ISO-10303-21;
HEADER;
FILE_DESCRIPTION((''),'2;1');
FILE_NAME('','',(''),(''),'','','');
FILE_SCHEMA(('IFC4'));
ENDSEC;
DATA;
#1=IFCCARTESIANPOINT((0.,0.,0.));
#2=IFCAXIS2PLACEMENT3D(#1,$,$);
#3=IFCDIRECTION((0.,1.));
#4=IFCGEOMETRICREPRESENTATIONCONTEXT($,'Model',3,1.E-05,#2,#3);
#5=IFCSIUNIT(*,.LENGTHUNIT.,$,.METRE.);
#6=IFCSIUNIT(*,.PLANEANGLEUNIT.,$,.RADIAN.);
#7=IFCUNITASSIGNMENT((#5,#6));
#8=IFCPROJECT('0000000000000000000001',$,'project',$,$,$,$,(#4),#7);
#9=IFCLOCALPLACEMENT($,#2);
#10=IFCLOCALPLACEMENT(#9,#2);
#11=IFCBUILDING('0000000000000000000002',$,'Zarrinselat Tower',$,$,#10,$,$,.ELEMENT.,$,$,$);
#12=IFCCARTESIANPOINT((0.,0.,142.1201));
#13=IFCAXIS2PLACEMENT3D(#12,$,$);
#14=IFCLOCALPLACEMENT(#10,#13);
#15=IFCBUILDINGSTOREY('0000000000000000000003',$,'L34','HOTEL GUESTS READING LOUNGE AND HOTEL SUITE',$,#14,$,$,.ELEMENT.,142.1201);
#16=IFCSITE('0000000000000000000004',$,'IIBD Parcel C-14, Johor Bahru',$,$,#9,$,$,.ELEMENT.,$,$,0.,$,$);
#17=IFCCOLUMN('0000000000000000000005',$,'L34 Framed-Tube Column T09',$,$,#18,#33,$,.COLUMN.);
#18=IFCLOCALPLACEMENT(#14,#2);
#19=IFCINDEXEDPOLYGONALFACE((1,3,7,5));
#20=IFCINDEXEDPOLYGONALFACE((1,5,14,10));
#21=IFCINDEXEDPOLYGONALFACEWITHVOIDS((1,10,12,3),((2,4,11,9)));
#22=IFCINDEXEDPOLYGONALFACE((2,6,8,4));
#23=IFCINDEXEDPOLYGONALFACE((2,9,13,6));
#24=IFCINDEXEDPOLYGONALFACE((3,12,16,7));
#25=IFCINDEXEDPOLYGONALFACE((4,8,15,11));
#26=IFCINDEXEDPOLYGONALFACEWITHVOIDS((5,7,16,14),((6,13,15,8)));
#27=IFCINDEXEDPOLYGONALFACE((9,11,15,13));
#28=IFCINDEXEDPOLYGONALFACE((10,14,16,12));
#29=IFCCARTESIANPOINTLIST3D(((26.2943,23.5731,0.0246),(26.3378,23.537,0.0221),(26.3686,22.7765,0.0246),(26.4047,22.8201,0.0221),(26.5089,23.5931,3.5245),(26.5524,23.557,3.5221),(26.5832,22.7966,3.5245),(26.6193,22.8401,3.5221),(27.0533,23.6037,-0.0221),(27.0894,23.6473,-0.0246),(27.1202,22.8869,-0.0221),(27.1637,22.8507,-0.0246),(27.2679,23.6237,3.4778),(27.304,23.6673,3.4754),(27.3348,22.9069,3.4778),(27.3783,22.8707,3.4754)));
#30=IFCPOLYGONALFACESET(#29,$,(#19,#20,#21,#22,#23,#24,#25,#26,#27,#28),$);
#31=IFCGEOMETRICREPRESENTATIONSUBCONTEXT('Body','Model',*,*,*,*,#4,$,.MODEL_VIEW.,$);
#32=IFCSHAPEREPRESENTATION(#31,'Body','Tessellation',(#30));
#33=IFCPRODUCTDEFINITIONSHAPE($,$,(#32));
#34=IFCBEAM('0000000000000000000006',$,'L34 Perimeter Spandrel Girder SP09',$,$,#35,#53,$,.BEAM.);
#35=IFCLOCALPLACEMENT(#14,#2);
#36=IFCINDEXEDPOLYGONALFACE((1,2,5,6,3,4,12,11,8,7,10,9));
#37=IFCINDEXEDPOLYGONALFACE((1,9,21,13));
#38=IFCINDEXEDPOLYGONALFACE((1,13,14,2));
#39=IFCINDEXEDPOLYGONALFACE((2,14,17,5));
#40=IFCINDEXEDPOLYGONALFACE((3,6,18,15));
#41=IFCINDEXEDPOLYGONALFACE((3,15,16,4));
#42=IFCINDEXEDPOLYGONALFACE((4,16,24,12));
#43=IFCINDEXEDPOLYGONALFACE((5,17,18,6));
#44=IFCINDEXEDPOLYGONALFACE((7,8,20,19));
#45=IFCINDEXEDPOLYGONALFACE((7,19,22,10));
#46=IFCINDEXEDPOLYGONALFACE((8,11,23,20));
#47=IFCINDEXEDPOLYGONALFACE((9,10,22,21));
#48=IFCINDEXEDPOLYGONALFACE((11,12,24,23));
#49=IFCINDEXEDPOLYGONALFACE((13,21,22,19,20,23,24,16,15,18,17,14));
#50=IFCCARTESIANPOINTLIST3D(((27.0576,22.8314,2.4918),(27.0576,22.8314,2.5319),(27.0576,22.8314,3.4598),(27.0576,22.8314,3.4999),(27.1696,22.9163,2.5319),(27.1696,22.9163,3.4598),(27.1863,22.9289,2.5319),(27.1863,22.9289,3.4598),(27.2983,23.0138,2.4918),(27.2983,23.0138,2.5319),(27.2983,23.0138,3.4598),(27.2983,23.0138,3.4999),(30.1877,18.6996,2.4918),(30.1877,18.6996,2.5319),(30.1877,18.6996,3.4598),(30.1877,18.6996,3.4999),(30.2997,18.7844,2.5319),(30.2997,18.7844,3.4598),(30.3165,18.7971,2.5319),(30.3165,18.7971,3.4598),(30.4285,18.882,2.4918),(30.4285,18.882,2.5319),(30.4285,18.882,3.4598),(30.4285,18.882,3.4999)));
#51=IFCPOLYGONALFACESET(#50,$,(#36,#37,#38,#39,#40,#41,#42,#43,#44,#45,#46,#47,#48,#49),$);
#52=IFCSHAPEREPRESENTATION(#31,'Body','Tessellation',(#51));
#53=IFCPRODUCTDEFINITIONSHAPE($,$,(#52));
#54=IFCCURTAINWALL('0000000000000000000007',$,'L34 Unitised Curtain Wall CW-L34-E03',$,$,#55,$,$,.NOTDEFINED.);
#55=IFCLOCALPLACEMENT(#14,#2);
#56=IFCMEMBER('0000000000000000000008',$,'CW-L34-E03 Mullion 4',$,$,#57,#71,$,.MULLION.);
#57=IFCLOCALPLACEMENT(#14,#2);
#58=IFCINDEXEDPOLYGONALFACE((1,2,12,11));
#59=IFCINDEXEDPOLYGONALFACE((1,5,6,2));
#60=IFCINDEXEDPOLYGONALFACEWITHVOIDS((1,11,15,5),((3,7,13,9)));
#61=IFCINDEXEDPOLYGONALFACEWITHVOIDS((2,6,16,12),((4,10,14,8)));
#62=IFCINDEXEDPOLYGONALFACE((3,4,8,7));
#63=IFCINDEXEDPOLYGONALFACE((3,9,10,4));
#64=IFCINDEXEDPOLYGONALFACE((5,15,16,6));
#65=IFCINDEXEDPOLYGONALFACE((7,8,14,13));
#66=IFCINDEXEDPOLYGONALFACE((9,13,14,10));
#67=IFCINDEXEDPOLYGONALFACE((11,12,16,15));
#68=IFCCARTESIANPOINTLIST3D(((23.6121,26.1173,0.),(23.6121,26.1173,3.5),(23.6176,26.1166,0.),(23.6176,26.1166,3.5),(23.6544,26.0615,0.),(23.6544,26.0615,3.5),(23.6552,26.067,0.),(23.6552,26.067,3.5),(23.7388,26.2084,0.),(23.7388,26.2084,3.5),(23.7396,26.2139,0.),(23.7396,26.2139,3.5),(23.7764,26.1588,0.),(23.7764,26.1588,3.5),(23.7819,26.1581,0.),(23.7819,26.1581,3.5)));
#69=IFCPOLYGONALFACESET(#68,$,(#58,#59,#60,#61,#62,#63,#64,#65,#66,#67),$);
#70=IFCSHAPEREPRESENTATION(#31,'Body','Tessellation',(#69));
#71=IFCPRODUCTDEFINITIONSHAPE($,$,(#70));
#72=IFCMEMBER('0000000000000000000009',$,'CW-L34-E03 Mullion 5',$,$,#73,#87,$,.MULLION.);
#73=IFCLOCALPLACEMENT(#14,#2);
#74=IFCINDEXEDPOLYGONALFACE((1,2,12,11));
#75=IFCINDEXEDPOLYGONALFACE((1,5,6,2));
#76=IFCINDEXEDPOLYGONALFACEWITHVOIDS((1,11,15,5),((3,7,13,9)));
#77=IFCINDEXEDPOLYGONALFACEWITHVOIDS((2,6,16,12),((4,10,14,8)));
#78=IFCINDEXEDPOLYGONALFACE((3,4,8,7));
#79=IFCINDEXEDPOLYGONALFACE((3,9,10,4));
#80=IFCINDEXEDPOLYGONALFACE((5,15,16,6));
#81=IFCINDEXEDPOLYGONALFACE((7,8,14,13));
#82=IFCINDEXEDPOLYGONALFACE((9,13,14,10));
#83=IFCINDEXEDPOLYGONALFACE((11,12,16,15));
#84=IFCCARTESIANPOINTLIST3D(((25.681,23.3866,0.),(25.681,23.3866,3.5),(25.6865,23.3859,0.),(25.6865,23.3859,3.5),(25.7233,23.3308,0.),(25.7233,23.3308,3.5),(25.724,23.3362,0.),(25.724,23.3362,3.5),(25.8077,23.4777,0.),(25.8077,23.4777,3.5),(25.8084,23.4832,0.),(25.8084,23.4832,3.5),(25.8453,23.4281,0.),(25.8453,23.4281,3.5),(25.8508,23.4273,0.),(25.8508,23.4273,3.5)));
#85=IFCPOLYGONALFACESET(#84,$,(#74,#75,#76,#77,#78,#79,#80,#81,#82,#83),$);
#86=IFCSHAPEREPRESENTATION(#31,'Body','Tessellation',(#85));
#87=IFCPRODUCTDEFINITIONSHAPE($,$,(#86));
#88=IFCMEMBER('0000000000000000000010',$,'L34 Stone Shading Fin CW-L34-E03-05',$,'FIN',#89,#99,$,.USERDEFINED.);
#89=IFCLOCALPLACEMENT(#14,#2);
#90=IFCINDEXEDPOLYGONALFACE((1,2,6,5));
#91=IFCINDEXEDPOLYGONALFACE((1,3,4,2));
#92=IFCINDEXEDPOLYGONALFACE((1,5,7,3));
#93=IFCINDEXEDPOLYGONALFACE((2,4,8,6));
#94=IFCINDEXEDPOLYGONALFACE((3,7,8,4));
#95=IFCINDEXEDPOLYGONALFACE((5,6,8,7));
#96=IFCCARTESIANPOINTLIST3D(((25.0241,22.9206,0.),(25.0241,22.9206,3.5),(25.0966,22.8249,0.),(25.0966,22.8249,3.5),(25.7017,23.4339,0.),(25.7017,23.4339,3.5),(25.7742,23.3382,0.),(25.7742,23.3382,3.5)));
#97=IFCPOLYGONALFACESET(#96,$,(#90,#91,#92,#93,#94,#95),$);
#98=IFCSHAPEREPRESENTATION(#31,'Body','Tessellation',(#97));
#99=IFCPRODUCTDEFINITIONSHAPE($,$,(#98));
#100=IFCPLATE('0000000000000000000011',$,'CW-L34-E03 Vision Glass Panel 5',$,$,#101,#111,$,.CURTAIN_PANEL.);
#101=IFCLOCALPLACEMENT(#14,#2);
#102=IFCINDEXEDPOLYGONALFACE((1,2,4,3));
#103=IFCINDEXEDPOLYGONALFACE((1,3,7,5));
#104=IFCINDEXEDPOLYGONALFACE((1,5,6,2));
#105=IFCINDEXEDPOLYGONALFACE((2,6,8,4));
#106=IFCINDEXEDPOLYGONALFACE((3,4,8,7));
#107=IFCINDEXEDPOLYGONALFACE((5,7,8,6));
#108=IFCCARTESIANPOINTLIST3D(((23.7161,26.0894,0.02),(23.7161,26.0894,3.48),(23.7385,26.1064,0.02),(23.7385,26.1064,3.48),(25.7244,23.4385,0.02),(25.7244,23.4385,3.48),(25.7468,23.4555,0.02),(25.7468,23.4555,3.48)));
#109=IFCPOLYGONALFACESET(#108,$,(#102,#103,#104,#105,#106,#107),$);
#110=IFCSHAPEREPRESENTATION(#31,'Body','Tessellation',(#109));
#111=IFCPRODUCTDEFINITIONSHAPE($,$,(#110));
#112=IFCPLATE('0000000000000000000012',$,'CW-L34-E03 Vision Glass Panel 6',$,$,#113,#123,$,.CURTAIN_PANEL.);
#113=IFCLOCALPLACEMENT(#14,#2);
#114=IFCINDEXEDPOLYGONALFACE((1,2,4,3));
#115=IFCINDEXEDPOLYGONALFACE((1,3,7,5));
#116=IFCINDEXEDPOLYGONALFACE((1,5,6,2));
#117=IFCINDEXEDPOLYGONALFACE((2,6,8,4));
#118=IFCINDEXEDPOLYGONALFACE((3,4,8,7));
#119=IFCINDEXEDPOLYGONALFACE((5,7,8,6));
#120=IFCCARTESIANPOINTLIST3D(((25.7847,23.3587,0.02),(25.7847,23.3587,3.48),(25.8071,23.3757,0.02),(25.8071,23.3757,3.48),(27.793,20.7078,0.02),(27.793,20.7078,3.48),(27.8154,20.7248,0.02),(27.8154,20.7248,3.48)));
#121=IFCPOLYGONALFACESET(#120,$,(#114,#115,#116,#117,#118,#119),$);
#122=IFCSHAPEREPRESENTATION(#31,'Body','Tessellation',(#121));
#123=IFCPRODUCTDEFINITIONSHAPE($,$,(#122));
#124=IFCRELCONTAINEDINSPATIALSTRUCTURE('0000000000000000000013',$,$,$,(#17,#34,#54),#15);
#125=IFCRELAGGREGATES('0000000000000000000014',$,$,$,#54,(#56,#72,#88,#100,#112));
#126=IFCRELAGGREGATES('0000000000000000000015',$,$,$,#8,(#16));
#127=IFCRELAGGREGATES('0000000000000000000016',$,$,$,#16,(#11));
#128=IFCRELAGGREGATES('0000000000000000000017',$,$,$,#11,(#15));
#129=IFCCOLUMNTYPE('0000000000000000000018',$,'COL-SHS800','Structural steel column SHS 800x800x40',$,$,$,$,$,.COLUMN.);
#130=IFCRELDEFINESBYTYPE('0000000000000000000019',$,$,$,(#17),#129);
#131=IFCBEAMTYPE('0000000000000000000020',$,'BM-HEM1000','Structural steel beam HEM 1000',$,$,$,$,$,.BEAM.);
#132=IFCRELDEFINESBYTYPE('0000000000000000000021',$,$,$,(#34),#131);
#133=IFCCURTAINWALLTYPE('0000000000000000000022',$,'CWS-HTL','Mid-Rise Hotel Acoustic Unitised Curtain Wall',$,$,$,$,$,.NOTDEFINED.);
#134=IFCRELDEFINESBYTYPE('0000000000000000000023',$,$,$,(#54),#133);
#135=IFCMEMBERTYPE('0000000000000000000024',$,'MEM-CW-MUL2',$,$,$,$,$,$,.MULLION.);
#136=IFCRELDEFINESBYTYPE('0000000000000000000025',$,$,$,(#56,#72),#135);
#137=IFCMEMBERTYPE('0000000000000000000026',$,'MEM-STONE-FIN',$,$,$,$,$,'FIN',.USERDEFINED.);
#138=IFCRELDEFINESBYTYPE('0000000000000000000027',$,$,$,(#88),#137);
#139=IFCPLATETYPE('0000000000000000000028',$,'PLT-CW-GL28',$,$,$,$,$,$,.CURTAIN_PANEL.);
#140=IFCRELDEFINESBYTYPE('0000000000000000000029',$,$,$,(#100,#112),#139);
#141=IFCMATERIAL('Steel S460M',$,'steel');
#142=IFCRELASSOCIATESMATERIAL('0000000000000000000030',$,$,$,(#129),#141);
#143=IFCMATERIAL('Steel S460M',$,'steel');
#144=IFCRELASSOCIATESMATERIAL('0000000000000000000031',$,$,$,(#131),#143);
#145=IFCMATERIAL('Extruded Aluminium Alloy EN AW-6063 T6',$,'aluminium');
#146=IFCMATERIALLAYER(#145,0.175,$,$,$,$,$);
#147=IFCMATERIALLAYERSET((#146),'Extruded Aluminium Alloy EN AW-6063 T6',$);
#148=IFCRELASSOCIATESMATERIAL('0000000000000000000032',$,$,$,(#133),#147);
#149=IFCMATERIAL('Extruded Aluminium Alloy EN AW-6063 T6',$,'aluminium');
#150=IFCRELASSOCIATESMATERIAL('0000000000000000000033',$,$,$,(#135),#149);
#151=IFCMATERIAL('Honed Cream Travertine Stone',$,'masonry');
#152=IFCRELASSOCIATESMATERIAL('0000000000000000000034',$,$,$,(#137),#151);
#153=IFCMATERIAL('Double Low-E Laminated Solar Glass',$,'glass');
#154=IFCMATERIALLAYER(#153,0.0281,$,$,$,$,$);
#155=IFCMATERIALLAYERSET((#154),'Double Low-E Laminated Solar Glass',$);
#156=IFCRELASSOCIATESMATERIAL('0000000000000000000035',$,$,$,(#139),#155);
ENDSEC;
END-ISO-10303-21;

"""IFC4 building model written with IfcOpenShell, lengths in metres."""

from ifc_helpers import new_model, si_unit, direction, frame, origin, origin_2d, place, context, subcontext, project, spatial, rectangle, hollow_rectangle, i_section, extrude, material, layer, layer_set, material_profile, profile_set, type_object, element, aggregate, save


model = new_model("IFC4")

# Units and contexts
model_context = context("Model", 3, precision=1e-05, world=origin(), true_north=direction((0.0, 1.0)))
body_context = subcontext(model_context, "Body", "Model", "MODEL_VIEW")
ifc_project = project(units=[si_unit("LENGTHUNIT", "METRE"), si_unit("PLANEANGLEUNIT", "RADIAN")], contexts=[model_context])

# Site, building, storey
site_placement = place(None, origin())
site = spatial("IfcSite", under=ifc_project, at=site_placement, Name="IIBD Parcel C-14, Johor Bahru", CompositionType="ELEMENT", RefElevation=0.0)
building_placement = place(site_placement, origin())
building = spatial("IfcBuilding", under=site, at=building_placement, Name="Zarrinselat Tower", CompositionType="ELEMENT")
storey_placement = place(building_placement, frame((0.0, 0.0, 142.1201)))
storey = spatial("IfcBuildingStorey", under=building, at=storey_placement, Name="L34", Description="HOTEL GUESTS READING LOUNGE AND HOTEL SUITE", CompositionType="ELEMENT", Elevation=142.1201)

# Column
ifc_material_1 = material(Name="Steel S460M", Category="steel")
ifc_material_profile_1 = material_profile(ifc_material_1, hollow_rectangle(XDim=0.8, YDim=0.8, WallThickness=0.04, at=origin_2d()), Name="SHS 800x800x40")
ifc_profile_set_1 = profile_set([ifc_material_profile_1], Name="Steel S460M")
column_type = type_object("IfcColumnType", Name="COL-SHS800", Description="Structural steel column SHS 800x800x40", PredefinedType="COLUMN", material=ifc_profile_set_1)
column_placement = place(storey_placement, frame((26.729, 23.2119, 0.0), z_axis=(0.061198, 0.005709, 0.998109), x_axis=(-0.092885, 0.995677, 0.0)))
element("IfcColumn", 1, at=column_placement, inside=storey, type_object=column_type, Name="L34 Framed-Tube Column T09", PredefinedType="COLUMN", context=body_context, shape_type="SweptSolid", body=[
    extrude(hollow_rectangle(XDim=0.8, YDim=0.8, WallThickness=0.04, at=origin_2d()), origin(), (0.0, 0.0, 1.0), 3.5066),
])

# Beam
ifc_material_2 = material(Name="Steel S460M", Category="steel")
ifc_material_profile_2 = material_profile(ifc_material_2, i_section(OverallWidth=0.302, OverallDepth=1.0081, WebThickness=0.021, FlangeThickness=0.04, at=origin_2d()), Name="HEM 1000")
ifc_profile_set_2 = profile_set([ifc_material_profile_2], Name="Steel S460M")
beam_type = type_object("IfcBeamType", Name="BM-HEM1000", Description="Structural steel beam HEM 1000", PredefinedType="BEAM", material=ifc_profile_set_2)
beam_placement = place(storey_placement, frame((27.178, 22.9226, 2.9958), z_axis=(0.603851, -0.797097, 0.0), x_axis=(0.797097, 0.603851, 0.0)))
element("IfcBeam", 2, at=beam_placement, inside=storey, type_object=beam_type, Name="L34 Perimeter Spandrel Girder SP09", PredefinedType="BEAM", context=body_context, shape_type="SweptSolid", body=[
    extrude(i_section(OverallWidth=0.302, OverallDepth=1.0081, WebThickness=0.021, FlangeThickness=0.04, at=origin_2d()), origin(), (0.0, 0.0, 1.0), 5.1836),
])

# Curtain wall, members, plates
ifc_material_3 = material(Name="Extruded Aluminium Alloy EN AW-6063 T6", Category="aluminium")
ifc_layer_1 = layer(ifc_material_3, 0.175)
ifc_layer_set_1 = layer_set([ifc_layer_1], Name="Extruded Aluminium Alloy EN AW-6063 T6")
curtain_wall_type = type_object("IfcCurtainWallType", Name="CWS-HTL", Description="Mid-Rise Hotel Acoustic Unitised Curtain Wall", PredefinedType="NOTDEFINED", material=ifc_layer_set_1)
curtain_wall_placement = place(storey_placement, origin())
curtain_wall = element("IfcCurtainWall", 3, at=curtain_wall_placement, inside=storey, type_object=curtain_wall_type, Name="L34 Unitised Curtain Wall CW-L34-E03", PredefinedType="NOTDEFINED")
ifc_material_4 = material(Name="Extruded Aluminium Alloy EN AW-6063 T6", Category="aluminium")
ifc_material_profile_3 = material_profile(ifc_material_4, hollow_rectangle(XDim=0.0701, YDim=0.1599, WallThickness=0.0039, at=origin_2d()), Name="RHS 160x70x4")
ifc_profile_set_3 = profile_set([ifc_material_profile_3], Name="Extruded Aluminium Alloy EN AW-6063 T6")
member_type_1 = type_object("IfcMemberType", Name="MEM-CW-MUL2", PredefinedType="MULLION", material=ifc_profile_set_3)
member_1_placement = place(storey_placement, frame((23.697, 26.1377, 0.0), z_axis=(0.0, 0.0, 1.0), x_axis=(0.603856, -0.797094, 0.0)))
member_1 = element("IfcMember", 4, at=member_1_placement, type_object=member_type_1, Name="CW-L34-E03 Mullion 4", PredefinedType="MULLION", context=body_context, shape_type="SweptSolid", body=[
    extrude(hollow_rectangle(XDim=0.0701, YDim=0.1599, WallThickness=0.0039, at=origin_2d()), origin(), (0.0, 0.0, 1.0), 3.5),
])
member_2_placement = place(storey_placement, frame((25.7659, 23.407, 0.0), z_axis=(0.0, 0.0, 1.0), x_axis=(0.603856, -0.797094, 0.0)))
member_2 = element("IfcMember", 5, at=member_2_placement, type_object=member_type_1, Name="CW-L34-E03 Mullion 5", PredefinedType="MULLION", context=body_context, shape_type="SweptSolid", body=[
    extrude(hollow_rectangle(XDim=0.0701, YDim=0.1599, WallThickness=0.0039, at=origin_2d()), origin(), (0.0, 0.0, 1.0), 3.5),
])
ifc_material_5 = material(Name="Honed Cream Travertine Stone", Category="masonry")
ifc_material_profile_4 = material_profile(ifc_material_5, rectangle(XDim=0.1201, YDim=0.8501, at=origin_2d()), Name="FIN 850x120")
ifc_profile_set_4 = profile_set([ifc_material_profile_4], Name="Honed Cream Travertine Stone")
member_type_2 = type_object("IfcMemberType", Name="MEM-STONE-FIN", ElementType="FIN", PredefinedType="USERDEFINED", material=ifc_profile_set_4)
member_3_placement = place(storey_placement, frame((25.3992, 23.1294, 0.0), z_axis=(0.0, 0.0, 1.0), x_axis=(-0.603856, 0.797094, 0.0)))
member_3 = element("IfcMember", 6, at=member_3_placement, type_object=member_type_2, Name="L34 Stone Shading Fin CW-L34-E03-05", ObjectType="FIN", PredefinedType="USERDEFINED", context=body_context, shape_type="SweptSolid", body=[
    extrude(rectangle(XDim=0.1201, YDim=0.8501, at=origin_2d()), origin(), (0.0, 0.0, 1.0), 3.5),
])
ifc_material_6 = material(Name="Double Low-E Laminated Solar Glass", Category="glass")
ifc_layer_2 = layer(ifc_material_6, 0.0281)
ifc_layer_set_2 = layer_set([ifc_layer_2], Name="Double Low-E Laminated Solar Glass")
plate_type = type_object("IfcPlateType", Name="PLT-CW-GL28", PredefinedType="CURTAIN_PANEL", material=ifc_layer_set_2)
plate_1_placement = place(storey_placement, frame((24.7314, 24.7725, 0.02), z_axis=(0.0, 0.0, 1.0), x_axis=(0.603856, -0.797094, 0.0)))
plate_1 = element("IfcPlate", 7, at=plate_1_placement, type_object=plate_type, Name="CW-L34-E03 Vision Glass Panel 5", PredefinedType="CURTAIN_PANEL", context=body_context, shape_type="SweptSolid", body=[
    extrude(rectangle(XDim=3.3257, YDim=0.0281, at=origin_2d()), origin(), (0.0, 0.0, 1.0), 3.46),
])
plate_2_placement = place(storey_placement, frame((26.8, 22.0417, 0.02), z_axis=(0.0, 0.0, 1.0), x_axis=(0.603856, -0.797094, 0.0)))
plate_2 = element("IfcPlate", 8, at=plate_2_placement, type_object=plate_type, Name="CW-L34-E03 Vision Glass Panel 6", PredefinedType="CURTAIN_PANEL", context=body_context, shape_type="SweptSolid", body=[
    extrude(rectangle(XDim=3.3257, YDim=0.0281, at=origin_2d()), origin(), (0.0, 0.0, 1.0), 3.46),
])
aggregate(curtain_wall, [member_1, member_2, member_3, plate_1, plate_2])

save(model, "model.ifc")
